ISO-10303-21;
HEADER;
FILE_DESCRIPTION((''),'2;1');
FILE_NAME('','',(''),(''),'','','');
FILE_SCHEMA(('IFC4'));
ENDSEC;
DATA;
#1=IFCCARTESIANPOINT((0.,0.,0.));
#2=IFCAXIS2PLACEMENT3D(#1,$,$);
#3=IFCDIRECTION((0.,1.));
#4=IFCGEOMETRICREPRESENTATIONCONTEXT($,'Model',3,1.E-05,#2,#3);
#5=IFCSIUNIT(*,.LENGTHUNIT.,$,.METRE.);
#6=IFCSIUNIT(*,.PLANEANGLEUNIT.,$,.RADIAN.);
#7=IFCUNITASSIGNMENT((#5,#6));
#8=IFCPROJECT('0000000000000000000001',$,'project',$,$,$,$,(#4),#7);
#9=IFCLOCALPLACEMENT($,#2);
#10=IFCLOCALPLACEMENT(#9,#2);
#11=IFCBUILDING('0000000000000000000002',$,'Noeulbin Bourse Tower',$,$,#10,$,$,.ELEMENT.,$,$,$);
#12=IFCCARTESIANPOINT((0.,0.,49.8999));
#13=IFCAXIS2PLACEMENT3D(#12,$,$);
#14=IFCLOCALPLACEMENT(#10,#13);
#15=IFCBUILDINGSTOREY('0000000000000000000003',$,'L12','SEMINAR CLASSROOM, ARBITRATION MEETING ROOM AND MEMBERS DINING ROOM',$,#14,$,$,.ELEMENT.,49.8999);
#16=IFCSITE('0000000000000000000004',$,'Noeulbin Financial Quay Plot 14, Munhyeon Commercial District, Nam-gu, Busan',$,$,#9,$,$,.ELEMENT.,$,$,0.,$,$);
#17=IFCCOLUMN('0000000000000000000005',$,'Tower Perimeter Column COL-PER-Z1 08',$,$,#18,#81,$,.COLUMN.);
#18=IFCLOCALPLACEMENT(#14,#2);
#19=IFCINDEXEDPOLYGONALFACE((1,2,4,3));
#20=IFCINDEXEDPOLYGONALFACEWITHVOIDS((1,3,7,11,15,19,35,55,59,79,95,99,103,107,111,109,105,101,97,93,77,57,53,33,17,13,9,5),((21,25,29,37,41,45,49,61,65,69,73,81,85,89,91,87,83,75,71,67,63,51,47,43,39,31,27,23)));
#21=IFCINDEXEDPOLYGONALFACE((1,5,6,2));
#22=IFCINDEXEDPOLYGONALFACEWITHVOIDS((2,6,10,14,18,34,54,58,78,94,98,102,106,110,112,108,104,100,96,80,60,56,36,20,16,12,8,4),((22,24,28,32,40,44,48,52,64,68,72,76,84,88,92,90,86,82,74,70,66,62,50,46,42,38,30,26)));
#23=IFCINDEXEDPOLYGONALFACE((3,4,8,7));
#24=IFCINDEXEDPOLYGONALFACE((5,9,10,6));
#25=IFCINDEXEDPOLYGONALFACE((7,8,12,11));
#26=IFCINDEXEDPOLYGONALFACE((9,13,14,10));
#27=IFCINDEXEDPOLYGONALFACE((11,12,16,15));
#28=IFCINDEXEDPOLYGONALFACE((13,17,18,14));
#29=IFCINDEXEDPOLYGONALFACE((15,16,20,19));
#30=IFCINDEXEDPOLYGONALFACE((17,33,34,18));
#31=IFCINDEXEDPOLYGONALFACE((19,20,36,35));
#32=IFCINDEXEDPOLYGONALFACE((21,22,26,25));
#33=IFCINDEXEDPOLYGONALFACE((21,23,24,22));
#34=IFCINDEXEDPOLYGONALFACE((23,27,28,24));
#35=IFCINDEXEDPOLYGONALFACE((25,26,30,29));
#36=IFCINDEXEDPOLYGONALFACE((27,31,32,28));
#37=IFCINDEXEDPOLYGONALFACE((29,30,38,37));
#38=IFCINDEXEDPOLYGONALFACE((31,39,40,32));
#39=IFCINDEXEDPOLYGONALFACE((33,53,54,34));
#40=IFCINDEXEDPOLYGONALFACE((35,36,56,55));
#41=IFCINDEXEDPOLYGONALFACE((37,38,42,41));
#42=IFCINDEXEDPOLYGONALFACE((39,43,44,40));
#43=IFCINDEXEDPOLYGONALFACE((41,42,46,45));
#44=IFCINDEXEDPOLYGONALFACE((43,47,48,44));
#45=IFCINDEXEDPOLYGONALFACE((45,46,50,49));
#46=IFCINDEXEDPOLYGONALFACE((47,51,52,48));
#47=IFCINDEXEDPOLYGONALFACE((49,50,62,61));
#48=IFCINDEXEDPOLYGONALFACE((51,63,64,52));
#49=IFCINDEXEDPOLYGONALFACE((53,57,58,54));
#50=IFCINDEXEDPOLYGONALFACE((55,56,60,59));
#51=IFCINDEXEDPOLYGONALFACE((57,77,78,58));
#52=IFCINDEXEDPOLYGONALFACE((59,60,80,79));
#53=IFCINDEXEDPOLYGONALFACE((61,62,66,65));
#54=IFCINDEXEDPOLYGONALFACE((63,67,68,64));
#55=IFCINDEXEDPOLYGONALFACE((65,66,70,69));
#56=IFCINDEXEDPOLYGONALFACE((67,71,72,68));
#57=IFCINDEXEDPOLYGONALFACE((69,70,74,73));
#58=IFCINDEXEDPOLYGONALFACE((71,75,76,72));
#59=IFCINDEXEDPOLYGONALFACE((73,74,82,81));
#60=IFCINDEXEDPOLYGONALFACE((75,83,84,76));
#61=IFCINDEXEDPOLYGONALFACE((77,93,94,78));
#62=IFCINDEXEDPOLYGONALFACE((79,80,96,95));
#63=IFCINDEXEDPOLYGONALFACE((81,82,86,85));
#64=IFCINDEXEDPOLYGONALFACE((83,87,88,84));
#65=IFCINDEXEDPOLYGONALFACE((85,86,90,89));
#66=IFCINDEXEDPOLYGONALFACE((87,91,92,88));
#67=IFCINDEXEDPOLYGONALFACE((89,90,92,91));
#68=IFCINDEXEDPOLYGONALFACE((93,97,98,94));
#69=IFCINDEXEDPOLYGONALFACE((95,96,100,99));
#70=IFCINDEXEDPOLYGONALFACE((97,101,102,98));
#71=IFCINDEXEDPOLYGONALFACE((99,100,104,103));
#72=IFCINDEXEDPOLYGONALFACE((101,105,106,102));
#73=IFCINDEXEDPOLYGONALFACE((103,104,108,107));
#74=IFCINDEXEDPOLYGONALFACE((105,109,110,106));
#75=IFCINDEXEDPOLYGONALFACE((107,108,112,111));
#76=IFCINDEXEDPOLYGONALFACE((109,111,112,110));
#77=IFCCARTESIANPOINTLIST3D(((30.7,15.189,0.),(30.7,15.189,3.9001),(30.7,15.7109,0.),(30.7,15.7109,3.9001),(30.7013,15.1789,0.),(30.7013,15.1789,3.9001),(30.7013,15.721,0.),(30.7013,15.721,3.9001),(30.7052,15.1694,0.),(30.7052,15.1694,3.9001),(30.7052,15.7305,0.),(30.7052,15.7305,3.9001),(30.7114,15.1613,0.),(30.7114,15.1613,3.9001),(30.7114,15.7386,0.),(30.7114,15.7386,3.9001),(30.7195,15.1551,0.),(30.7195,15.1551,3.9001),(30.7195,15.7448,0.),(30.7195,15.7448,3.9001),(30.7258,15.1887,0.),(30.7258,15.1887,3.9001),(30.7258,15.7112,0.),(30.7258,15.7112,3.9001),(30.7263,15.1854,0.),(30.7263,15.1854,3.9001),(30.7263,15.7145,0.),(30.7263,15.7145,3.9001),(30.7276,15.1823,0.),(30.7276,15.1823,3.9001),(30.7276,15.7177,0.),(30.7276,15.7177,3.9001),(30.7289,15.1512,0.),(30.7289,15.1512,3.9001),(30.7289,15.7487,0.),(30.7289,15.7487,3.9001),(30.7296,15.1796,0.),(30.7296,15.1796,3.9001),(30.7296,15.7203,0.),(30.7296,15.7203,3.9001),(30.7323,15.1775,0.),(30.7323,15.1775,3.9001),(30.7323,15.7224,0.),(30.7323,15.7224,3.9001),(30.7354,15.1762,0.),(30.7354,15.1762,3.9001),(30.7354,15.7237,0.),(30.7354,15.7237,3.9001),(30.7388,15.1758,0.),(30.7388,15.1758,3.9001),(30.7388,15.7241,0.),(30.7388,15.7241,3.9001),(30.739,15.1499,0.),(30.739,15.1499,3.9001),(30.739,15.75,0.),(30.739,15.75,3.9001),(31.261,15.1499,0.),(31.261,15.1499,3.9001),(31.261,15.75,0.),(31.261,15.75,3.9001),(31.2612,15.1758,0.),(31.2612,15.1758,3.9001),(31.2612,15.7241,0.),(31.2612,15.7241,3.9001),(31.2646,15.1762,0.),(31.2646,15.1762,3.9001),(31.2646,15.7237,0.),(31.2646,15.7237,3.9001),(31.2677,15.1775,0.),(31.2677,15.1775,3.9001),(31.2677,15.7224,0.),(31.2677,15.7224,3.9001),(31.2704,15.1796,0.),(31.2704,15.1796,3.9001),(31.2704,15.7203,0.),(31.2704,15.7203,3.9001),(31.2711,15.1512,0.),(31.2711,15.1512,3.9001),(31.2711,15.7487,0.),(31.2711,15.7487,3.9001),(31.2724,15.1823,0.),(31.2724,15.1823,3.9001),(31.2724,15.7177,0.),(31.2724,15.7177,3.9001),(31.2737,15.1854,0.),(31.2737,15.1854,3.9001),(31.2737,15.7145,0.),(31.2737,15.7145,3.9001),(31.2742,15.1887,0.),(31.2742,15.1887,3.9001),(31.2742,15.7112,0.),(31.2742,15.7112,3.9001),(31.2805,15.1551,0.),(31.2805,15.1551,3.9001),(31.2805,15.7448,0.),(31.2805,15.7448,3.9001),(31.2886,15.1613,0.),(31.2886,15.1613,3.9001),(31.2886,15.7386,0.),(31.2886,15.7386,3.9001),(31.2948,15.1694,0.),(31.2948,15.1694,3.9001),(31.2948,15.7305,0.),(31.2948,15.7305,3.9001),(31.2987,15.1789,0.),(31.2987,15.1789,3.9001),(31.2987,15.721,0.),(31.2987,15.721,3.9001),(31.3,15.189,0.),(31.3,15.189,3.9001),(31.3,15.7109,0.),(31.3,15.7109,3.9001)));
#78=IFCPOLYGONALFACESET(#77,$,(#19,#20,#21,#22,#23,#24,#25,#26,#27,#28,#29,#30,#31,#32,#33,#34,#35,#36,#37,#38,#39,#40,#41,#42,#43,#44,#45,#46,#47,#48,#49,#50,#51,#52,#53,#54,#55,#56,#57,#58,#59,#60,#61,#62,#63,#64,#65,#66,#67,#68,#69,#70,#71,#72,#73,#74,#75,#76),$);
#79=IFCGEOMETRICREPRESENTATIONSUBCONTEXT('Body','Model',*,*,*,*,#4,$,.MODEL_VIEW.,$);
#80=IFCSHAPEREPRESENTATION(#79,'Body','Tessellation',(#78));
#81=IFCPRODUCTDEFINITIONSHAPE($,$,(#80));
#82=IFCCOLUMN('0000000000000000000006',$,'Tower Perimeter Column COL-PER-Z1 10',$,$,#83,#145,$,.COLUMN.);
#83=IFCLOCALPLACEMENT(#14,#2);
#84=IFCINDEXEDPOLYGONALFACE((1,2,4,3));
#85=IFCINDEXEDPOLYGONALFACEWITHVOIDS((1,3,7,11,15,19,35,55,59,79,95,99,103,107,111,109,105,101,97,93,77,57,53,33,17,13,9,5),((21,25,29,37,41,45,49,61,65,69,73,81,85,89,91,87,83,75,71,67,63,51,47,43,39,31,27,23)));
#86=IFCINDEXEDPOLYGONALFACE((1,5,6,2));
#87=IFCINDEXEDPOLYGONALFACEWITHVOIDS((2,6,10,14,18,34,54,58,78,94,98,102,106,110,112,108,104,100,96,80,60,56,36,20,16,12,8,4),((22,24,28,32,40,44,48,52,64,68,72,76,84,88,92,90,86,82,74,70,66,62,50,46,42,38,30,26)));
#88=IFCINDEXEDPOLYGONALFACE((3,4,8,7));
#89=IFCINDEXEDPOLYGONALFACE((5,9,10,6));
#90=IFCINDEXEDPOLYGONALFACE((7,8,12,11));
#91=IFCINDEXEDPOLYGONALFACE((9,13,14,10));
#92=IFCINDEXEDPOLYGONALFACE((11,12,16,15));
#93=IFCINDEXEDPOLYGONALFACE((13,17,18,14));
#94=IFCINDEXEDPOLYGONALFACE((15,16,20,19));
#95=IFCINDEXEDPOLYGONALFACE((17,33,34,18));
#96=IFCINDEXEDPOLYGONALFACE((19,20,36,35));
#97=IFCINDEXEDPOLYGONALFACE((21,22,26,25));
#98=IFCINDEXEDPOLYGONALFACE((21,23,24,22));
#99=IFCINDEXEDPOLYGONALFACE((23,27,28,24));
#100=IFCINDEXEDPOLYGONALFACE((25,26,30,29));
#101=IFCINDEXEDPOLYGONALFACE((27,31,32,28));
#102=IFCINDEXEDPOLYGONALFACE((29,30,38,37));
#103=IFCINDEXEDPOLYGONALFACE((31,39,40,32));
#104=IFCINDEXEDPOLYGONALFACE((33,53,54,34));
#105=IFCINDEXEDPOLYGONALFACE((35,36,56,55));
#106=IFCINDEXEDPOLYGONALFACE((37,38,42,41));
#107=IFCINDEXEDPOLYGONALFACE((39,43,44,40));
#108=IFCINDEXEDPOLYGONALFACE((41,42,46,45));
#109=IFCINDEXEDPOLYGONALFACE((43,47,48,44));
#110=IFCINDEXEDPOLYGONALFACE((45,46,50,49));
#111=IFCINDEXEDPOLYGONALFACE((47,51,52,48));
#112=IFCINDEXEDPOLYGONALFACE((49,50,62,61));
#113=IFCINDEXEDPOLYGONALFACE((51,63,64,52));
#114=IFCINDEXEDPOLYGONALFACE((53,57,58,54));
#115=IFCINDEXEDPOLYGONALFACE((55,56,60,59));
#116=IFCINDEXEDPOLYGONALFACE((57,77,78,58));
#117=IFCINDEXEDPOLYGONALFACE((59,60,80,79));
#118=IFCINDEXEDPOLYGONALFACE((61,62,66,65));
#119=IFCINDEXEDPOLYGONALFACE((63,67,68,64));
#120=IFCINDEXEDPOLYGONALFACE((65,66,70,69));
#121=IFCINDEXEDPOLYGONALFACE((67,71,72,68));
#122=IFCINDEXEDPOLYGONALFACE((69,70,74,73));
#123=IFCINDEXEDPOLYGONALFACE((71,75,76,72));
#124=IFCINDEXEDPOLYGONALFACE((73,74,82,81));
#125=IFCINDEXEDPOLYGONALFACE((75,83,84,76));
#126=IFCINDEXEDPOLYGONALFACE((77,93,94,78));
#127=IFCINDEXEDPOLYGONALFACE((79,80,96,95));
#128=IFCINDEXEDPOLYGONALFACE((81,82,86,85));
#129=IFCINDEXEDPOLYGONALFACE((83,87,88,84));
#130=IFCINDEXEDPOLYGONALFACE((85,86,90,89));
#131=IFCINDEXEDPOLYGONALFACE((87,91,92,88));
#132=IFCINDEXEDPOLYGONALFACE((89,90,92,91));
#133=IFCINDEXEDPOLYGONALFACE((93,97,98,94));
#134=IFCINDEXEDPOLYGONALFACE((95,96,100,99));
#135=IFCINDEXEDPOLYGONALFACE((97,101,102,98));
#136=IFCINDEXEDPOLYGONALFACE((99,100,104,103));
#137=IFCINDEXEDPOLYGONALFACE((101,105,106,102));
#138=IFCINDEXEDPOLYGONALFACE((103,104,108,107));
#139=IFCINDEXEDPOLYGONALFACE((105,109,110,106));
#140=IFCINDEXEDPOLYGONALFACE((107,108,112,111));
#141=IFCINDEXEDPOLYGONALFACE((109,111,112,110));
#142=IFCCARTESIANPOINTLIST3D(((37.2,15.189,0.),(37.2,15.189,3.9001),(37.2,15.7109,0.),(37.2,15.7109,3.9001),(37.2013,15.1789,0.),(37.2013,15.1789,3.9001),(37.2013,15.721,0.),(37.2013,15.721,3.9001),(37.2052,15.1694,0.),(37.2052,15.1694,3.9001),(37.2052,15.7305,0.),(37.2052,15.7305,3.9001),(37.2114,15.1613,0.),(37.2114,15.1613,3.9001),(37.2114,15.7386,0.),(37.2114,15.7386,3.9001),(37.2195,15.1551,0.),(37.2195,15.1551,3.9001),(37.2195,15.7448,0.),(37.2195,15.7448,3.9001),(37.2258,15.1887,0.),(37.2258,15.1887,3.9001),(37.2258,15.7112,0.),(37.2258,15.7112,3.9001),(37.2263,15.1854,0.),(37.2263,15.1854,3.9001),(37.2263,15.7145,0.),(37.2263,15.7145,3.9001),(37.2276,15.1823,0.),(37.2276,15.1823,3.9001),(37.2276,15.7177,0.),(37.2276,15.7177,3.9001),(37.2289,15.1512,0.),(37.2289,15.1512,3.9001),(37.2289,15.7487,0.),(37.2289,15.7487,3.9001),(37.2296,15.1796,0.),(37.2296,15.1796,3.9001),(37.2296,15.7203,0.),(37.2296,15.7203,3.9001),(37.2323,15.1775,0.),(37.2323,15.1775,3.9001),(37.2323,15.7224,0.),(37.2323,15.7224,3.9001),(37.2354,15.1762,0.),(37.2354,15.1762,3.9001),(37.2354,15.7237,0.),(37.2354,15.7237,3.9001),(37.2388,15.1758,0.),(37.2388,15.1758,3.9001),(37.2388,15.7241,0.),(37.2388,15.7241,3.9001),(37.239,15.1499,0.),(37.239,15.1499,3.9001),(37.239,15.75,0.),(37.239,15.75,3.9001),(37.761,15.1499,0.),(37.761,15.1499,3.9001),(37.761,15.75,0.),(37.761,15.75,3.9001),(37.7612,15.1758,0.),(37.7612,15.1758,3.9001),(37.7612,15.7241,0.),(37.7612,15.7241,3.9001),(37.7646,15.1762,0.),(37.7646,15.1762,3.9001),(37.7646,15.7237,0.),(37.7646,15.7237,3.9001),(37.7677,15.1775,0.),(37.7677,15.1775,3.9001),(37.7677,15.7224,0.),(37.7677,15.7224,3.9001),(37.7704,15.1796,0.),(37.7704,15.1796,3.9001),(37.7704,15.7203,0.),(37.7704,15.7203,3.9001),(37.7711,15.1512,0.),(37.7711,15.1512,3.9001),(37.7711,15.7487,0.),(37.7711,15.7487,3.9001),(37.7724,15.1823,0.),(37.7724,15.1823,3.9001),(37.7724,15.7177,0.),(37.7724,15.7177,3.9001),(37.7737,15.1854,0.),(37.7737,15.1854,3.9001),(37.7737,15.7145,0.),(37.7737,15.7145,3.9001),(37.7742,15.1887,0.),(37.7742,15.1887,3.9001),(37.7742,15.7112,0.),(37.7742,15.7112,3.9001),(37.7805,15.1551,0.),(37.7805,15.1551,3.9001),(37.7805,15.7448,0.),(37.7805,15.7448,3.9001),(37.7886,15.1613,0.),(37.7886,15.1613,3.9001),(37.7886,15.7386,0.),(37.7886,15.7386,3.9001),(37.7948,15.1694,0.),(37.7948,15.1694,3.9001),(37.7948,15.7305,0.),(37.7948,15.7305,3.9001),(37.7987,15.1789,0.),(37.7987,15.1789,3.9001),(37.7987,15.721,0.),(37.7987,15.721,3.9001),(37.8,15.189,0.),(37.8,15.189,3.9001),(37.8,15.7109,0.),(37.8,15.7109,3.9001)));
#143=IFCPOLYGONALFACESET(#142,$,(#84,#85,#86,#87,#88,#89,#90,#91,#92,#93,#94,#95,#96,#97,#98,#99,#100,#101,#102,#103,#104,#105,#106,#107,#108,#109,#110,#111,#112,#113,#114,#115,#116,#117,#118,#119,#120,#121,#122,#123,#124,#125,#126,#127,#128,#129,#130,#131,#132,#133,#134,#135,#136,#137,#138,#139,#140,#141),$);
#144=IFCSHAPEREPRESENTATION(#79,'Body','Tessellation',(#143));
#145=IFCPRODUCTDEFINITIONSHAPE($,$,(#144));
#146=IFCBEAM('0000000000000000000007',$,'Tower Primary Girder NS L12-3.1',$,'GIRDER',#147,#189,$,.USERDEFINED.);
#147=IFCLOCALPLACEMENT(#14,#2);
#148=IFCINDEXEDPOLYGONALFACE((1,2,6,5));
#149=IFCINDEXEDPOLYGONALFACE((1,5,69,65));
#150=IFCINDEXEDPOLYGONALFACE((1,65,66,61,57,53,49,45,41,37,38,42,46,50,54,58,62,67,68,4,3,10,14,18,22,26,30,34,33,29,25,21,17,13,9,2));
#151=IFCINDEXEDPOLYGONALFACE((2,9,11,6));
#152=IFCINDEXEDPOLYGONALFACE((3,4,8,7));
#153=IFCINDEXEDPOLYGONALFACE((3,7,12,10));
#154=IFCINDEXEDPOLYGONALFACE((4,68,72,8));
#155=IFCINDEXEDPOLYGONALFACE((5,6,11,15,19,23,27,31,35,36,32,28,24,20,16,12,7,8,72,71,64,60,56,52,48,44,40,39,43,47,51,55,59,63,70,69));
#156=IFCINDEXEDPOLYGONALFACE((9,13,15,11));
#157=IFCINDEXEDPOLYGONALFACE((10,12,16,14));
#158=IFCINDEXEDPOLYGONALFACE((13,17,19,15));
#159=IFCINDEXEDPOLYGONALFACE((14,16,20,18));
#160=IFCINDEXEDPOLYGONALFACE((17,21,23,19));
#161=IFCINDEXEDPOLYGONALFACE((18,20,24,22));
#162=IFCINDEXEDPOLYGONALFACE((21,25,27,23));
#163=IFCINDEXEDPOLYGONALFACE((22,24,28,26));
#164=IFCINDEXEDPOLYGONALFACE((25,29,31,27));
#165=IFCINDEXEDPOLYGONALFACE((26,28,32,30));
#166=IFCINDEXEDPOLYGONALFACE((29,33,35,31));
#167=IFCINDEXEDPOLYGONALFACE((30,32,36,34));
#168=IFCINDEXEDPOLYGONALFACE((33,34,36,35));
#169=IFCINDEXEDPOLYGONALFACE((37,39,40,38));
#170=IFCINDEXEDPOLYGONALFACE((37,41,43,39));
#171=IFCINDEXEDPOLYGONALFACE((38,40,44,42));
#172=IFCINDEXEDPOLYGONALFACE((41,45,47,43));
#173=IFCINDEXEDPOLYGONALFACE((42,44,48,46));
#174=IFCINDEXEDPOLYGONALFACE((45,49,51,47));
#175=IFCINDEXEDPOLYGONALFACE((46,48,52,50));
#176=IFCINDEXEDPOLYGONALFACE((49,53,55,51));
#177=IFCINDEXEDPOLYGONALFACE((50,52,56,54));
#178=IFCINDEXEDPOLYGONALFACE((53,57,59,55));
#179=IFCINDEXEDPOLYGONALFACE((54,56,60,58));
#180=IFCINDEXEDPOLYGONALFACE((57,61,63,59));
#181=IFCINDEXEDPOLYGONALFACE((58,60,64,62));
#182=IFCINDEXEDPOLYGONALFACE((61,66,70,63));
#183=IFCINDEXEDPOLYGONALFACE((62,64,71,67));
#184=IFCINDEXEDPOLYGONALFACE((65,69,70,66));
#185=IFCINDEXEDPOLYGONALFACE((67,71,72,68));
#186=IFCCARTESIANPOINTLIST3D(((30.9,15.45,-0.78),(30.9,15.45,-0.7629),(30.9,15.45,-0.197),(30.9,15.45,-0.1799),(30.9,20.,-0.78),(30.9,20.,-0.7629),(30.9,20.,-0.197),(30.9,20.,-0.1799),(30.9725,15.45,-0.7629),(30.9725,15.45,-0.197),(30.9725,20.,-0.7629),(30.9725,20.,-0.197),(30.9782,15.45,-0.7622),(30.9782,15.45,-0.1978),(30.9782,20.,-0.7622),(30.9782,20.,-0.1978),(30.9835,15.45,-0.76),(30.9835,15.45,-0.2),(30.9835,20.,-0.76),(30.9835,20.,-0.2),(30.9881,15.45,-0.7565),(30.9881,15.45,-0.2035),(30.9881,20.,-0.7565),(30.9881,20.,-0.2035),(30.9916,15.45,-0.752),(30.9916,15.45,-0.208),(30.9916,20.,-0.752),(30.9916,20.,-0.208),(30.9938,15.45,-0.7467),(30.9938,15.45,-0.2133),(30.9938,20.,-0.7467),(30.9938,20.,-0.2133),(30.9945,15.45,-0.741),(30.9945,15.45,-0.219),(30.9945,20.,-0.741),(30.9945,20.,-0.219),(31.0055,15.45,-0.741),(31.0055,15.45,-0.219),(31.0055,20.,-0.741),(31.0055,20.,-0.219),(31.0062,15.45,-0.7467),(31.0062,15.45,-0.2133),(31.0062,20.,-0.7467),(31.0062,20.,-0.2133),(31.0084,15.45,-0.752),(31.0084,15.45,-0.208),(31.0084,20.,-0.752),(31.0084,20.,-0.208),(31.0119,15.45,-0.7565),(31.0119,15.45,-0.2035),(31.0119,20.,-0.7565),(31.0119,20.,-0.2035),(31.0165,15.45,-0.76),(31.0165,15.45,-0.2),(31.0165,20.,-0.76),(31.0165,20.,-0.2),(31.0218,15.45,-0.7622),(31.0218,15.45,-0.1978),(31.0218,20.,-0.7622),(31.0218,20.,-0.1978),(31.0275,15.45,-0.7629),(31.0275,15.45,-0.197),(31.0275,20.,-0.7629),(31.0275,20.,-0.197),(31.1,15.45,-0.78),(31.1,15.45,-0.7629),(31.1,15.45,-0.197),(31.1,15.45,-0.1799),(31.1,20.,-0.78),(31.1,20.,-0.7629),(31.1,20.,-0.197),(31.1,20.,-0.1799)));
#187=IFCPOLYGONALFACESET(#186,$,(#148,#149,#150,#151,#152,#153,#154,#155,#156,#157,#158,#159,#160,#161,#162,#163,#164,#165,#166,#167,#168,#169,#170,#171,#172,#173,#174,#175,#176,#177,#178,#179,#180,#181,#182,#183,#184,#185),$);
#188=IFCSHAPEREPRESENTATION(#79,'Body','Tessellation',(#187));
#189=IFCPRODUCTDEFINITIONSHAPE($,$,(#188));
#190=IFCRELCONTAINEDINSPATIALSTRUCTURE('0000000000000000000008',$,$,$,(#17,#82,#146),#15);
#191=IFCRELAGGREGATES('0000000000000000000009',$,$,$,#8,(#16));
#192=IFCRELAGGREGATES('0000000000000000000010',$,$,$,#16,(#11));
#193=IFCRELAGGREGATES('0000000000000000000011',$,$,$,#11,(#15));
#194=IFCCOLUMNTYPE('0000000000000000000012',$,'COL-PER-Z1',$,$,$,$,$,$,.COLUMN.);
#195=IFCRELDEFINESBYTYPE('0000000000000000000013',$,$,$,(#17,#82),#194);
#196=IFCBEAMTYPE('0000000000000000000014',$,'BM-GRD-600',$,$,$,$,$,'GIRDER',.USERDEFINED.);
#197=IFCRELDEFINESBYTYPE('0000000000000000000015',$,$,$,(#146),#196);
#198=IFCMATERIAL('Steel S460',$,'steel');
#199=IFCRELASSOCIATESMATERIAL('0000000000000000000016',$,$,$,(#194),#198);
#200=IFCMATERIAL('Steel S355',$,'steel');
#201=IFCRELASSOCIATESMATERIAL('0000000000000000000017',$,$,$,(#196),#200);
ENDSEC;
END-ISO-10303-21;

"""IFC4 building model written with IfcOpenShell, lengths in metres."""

from ifc_helpers import new_model, si_unit, direction, frame, origin, origin_2d, place, context, subcontext, project, spatial, hollow_rectangle, i_section, extrude, material, material_profile, profile_set, type_object, element, save


model = new_model("IFC4")

# Units and contexts
model_context = context("Model", 3, precision=1e-05, world=origin(), true_north=direction((0.0, 1.0)))
body_context = subcontext(model_context, "Body", "Model", "MODEL_VIEW")
ifc_project = project(units=[si_unit("LENGTHUNIT", "METRE"), si_unit("PLANEANGLEUNIT", "RADIAN")], contexts=[model_context])

# Site, building, storey
site_placement = place(None, origin())
site = spatial("IfcSite", under=ifc_project, at=site_placement, Name="Noeulbin Financial Quay Plot 14, Munhyeon Commercial District, Nam-gu, Busan", CompositionType="ELEMENT", RefElevation=0.0)
building_placement = place(site_placement, origin())
building = spatial("IfcBuilding", under=site, at=building_placement, Name="Noeulbin Bourse Tower", CompositionType="ELEMENT")
storey_placement = place(building_placement, frame((0.0, 0.0, 49.8999)))
storey = spatial("IfcBuildingStorey", under=building, at=storey_placement, Name="L12", Description="SEMINAR CLASSROOM, ARBITRATION MEETING ROOM AND MEMBERS DINING ROOM", CompositionType="ELEMENT", Elevation=49.8999)

# Columns
ifc_material_1 = material(Name="Steel S460", Category="steel")
ifc_material_profile_1 = material_profile(ifc_material_1, hollow_rectangle(XDim=0.6001, YDim=0.6001, WallThickness=0.0259, InnerFilletRadius=0.0129, OuterFilletRadius=0.0391, at=origin_2d()), Name="BOX-600x600x26", Category="LoadBearing")
ifc_profile_set_1 = profile_set([ifc_material_profile_1], Name="Steel S460")
column_type = type_object("IfcColumnType", Name="COL-PER-Z1", PredefinedType="COLUMN", material=ifc_profile_set_1)
for number, where, z_axis, x_axis, name in (
    (1, (31.0, 15.45, 0.0), (0.0, 0.0, 1.0), (1.0, 0.0, 0.0), "Tower Perimeter Column COL-PER-Z1 08"),
    (2, (37.5, 15.45, 0.0), (0.0, 0.0, 1.0), (1.0, 0.0, 0.0), "Tower Perimeter Column COL-PER-Z1 10"),
):
    element("IfcColumn", number, at=place(storey_placement, frame(where, z_axis=z_axis, x_axis=x_axis)), inside=storey, type_object=column_type, Name=name, PredefinedType="COLUMN", context=body_context, shape_type="SweptSolid", body=[
        extrude(hollow_rectangle(XDim=0.6001, YDim=0.6001, WallThickness=0.0259, InnerFilletRadius=0.0129, OuterFilletRadius=0.0391, at=origin_2d()), origin(), (0.0, 0.0, 1.0), 3.9001),
    ])

# Beam
ifc_material_2 = material(Name="Steel S355", Category="steel")
ifc_material_profile_2 = material_profile(ifc_material_2, i_section(OverallWidth=0.2, OverallDepth=0.6001, WebThickness=0.011, FlangeThickness=0.0171, FilletRadius=0.022, at=origin_2d()), Name="H-600x200x11x17", Category="LoadBearing")
ifc_profile_set_2 = profile_set([ifc_material_profile_2], Name="Steel S355")
beam_type_1 = type_object("IfcBeamType", Name="BM-GRD-600", ElementType="GIRDER", PredefinedType="USERDEFINED", material=ifc_profile_set_2)
for number, where, z_axis, x_axis, name in (
    (3, (31.0, 15.45, -0.48), (0.0, 1.0, 0.0), (-1.0, 0.0, 0.0), "Tower Primary Girder NS L12-3.1"),
):
    element("IfcBeam", number, at=place(storey_placement, frame(where, z_axis=z_axis, x_axis=x_axis)), inside=storey, type_object=beam_type_1, Name=name, ObjectType="GIRDER", PredefinedType="USERDEFINED", context=body_context, shape_type="SweptSolid", body=[
        extrude(i_section(OverallWidth=0.2, OverallDepth=0.6001, WebThickness=0.011, FlangeThickness=0.0171, FilletRadius=0.022, at=origin_2d()), origin(), (0.0, 0.0, 1.0), 4.55),
    ])

save(model, "model.ifc")
